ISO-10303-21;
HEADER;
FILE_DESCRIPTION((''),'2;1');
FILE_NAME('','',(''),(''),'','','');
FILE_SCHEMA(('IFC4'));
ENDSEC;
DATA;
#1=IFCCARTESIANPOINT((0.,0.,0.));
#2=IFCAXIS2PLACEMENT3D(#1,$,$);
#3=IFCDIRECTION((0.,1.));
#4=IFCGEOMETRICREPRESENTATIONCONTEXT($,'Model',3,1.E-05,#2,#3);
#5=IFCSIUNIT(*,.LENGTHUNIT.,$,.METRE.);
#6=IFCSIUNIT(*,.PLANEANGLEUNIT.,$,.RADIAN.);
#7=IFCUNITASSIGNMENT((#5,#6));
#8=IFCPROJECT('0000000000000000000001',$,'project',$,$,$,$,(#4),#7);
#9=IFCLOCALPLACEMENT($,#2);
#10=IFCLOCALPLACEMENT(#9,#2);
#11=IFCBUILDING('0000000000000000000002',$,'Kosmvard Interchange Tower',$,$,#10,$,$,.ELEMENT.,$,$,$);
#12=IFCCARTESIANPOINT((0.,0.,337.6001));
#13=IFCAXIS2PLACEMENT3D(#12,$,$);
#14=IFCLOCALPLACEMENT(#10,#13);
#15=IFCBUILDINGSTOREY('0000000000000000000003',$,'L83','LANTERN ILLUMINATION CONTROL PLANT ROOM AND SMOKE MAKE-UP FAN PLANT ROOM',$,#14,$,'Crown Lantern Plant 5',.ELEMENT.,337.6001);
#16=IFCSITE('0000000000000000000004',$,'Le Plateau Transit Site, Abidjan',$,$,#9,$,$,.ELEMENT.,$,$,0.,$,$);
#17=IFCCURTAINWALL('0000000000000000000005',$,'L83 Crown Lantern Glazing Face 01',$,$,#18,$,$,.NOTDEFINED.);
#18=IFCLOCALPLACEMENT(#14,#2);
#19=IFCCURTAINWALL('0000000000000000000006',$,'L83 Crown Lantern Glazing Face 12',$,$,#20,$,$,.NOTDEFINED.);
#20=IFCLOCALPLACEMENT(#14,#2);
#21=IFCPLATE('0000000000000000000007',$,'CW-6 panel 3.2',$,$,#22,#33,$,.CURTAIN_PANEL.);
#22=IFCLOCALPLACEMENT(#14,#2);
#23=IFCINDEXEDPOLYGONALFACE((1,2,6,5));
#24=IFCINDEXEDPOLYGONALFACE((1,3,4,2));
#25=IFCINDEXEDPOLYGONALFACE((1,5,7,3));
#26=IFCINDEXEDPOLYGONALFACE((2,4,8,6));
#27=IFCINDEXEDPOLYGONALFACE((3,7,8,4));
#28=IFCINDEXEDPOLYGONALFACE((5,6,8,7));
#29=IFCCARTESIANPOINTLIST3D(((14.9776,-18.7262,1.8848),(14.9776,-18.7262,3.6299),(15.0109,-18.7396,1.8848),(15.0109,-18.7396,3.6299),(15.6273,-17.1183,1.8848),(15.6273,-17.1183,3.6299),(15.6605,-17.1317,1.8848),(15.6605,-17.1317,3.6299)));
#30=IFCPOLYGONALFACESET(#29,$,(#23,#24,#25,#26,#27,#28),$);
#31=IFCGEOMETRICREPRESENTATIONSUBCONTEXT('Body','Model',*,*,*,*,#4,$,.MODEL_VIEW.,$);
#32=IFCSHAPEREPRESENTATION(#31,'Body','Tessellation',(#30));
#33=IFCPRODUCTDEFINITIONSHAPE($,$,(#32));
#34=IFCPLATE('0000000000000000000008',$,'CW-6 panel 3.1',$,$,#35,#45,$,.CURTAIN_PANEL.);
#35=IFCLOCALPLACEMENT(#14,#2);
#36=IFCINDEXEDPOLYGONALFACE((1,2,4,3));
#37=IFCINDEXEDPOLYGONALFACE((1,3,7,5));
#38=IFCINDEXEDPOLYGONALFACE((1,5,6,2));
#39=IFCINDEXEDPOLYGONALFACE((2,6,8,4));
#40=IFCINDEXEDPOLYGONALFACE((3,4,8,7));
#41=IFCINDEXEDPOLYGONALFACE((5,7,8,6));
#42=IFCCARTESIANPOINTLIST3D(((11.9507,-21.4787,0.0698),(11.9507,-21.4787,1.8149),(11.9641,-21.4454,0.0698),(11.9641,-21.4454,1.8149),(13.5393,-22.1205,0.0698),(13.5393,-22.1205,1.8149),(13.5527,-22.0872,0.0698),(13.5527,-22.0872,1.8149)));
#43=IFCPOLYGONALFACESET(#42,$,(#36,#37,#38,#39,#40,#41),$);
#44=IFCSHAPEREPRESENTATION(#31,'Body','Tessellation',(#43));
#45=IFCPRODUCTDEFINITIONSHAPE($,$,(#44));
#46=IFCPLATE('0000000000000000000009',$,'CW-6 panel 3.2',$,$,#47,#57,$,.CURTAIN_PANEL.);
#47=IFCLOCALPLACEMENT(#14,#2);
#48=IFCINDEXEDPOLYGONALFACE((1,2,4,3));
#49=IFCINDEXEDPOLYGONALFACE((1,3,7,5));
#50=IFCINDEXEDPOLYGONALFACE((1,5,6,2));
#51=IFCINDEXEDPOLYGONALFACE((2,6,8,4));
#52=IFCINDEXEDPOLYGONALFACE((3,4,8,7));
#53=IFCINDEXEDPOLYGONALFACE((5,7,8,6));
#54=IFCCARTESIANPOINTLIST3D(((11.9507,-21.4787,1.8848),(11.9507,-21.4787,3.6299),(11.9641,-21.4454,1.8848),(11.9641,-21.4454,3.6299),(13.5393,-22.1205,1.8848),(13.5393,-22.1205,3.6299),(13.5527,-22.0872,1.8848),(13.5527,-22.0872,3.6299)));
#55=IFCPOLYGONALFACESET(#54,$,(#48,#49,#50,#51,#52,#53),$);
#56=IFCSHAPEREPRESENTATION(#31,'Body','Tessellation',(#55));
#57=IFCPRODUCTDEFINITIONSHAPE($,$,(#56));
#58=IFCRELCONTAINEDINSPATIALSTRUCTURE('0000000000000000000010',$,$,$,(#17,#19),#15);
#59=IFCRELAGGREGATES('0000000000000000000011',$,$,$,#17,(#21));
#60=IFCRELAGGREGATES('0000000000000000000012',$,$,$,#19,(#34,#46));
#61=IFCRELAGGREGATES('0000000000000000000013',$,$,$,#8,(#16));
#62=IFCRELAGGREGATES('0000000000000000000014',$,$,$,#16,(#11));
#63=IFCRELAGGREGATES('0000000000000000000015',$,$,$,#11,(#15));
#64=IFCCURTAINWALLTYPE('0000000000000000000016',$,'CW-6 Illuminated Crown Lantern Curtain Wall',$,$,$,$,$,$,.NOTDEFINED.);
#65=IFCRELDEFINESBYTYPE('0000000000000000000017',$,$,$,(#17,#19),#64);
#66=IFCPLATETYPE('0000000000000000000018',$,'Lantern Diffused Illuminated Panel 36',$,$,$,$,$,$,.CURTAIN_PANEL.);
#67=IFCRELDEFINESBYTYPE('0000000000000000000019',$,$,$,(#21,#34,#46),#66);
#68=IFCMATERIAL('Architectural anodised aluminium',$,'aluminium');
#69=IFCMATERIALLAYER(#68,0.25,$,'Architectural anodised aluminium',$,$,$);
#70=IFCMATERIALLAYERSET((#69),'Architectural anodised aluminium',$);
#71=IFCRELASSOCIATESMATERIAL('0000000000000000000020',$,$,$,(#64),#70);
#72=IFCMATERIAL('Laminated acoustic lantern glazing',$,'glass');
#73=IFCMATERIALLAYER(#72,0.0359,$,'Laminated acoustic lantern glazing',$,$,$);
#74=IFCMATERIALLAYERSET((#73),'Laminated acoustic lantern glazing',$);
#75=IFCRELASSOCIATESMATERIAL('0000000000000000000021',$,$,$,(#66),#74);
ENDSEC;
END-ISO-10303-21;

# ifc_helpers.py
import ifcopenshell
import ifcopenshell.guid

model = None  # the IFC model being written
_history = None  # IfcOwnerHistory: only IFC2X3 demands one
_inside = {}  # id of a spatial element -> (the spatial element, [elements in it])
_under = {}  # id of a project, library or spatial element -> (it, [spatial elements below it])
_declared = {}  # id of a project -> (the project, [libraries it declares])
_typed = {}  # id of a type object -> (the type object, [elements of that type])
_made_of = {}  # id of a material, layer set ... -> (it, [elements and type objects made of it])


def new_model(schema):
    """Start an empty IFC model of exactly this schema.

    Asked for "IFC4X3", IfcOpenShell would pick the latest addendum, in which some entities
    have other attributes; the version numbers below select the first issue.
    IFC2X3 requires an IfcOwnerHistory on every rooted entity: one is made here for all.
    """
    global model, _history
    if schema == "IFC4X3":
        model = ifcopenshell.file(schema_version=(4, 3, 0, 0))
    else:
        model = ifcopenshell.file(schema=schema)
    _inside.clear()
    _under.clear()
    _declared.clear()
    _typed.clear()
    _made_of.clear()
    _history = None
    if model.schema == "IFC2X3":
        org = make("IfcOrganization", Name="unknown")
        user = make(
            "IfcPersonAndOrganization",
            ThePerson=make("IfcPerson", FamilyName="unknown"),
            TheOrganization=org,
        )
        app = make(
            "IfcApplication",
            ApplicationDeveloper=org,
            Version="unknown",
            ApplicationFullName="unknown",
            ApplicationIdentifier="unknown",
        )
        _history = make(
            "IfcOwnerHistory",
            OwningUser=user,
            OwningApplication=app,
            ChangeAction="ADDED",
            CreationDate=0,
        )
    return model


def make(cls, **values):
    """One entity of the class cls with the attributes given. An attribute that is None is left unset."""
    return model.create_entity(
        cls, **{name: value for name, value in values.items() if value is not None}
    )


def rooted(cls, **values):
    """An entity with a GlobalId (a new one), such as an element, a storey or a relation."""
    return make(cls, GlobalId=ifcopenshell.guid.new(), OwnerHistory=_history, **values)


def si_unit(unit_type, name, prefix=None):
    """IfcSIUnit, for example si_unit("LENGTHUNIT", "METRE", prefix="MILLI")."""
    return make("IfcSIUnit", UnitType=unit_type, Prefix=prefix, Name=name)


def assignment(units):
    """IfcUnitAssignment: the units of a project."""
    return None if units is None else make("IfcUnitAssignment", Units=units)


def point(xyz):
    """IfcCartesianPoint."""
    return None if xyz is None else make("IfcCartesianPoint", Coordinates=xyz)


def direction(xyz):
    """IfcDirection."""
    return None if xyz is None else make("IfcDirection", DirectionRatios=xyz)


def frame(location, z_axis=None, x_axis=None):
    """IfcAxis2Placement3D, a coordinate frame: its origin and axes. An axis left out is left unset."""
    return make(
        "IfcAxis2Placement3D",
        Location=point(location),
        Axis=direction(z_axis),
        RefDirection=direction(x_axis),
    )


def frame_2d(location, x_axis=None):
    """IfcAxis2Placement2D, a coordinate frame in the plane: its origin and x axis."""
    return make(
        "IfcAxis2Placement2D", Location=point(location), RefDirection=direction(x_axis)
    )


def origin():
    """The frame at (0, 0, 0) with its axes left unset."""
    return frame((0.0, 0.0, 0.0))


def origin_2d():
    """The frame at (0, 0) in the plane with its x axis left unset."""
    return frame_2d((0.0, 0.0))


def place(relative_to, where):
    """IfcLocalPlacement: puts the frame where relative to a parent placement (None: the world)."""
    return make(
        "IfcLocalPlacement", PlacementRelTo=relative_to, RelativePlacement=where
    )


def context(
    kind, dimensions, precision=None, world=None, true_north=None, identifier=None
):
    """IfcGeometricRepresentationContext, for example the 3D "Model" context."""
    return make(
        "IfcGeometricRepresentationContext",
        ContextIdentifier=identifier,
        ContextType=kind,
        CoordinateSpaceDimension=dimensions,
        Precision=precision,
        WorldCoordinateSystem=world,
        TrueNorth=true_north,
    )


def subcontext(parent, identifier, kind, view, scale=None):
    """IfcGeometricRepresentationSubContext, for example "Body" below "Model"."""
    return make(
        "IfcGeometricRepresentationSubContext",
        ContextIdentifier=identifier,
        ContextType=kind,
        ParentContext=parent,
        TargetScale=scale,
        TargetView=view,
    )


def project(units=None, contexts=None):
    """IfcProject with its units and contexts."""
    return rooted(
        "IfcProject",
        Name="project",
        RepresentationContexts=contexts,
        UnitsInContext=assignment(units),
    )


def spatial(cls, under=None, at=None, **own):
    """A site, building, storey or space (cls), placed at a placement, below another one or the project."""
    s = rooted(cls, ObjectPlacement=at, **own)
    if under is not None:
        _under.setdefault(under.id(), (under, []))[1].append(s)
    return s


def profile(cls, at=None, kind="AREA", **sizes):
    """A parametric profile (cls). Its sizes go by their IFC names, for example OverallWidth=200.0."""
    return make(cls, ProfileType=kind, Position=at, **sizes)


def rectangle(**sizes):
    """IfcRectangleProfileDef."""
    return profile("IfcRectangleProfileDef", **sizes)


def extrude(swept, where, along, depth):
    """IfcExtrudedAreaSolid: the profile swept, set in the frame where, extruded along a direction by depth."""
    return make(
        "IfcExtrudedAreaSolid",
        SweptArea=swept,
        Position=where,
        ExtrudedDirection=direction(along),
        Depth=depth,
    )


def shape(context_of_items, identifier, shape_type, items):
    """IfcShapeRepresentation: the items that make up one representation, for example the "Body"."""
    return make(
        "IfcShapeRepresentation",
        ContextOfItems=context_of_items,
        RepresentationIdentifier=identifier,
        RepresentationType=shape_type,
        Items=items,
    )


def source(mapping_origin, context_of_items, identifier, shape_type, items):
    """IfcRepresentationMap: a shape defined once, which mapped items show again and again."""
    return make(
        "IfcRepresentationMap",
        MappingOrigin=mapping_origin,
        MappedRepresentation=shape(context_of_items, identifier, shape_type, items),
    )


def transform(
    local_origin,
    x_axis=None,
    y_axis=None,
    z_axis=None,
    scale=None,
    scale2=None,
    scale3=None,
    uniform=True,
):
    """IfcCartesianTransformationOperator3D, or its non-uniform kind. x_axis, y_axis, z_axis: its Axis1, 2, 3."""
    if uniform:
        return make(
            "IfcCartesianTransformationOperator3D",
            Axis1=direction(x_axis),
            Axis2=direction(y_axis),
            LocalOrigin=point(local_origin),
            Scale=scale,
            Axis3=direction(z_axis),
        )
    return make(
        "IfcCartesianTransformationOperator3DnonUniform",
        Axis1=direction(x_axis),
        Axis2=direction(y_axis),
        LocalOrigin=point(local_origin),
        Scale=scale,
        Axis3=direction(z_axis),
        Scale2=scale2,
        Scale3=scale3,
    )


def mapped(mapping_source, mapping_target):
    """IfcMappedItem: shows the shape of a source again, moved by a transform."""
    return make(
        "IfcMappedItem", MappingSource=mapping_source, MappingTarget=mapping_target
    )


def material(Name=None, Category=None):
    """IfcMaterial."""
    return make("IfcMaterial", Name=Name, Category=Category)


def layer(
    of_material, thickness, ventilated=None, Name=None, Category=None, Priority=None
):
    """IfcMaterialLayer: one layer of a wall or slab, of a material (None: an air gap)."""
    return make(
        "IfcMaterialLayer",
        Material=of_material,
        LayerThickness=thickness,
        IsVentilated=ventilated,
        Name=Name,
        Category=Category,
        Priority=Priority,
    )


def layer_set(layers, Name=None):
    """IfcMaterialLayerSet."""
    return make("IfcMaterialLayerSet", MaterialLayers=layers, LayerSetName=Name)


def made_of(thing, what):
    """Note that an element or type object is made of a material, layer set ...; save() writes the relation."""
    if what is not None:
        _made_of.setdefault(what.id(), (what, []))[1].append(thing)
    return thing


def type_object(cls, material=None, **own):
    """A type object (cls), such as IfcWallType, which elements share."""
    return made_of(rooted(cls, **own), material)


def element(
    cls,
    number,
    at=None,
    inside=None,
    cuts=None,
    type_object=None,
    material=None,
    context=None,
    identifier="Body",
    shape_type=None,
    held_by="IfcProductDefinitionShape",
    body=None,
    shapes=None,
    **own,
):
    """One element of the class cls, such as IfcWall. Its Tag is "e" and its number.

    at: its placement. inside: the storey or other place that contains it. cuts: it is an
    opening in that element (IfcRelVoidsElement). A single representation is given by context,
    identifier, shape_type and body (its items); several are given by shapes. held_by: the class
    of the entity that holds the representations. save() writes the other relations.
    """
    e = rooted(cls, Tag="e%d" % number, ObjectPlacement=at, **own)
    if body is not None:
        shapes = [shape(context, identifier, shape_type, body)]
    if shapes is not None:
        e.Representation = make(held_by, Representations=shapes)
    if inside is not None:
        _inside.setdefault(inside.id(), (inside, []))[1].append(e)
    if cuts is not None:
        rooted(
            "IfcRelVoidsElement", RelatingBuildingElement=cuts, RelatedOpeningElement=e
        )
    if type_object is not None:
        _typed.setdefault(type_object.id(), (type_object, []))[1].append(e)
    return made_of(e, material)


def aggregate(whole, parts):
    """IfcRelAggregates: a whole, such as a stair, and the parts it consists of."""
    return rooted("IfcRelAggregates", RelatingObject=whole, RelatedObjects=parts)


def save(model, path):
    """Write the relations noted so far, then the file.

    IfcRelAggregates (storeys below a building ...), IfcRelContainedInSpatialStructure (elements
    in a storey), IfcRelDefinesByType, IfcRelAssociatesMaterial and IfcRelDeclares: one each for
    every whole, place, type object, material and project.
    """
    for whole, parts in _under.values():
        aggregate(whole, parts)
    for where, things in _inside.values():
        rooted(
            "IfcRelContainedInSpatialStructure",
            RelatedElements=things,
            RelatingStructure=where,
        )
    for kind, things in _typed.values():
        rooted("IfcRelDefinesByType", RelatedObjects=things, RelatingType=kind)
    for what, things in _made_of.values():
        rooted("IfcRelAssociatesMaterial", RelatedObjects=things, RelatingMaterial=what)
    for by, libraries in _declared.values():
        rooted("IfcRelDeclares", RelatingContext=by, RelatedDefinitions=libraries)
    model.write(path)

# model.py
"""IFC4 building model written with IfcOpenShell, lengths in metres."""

from ifc_helpers import new_model, si_unit, direction, frame, origin, origin_2d, place, context, subcontext, project, spatial, rectangle, extrude, source, transform, mapped, material, layer, layer_set, type_object, element, aggregate, save


model = new_model("IFC4")

# Units and contexts
model_context = context("Model", 3, precision=1e-05, world=origin(), true_north=direction((0.0, 1.0)))
body_context = subcontext(model_context, "Body", "Model", "MODEL_VIEW")
ifc_project = project(units=[si_unit("LENGTHUNIT", "METRE"), si_unit("PLANEANGLEUNIT", "RADIAN")], contexts=[model_context])

# Site, building, storey
site_placement = place(None, origin())
site = spatial("IfcSite", under=ifc_project, at=site_placement, Name="Le Plateau Transit Site, Abidjan", CompositionType="ELEMENT", RefElevation=0.0)
building_placement = place(site_placement, origin())
building = spatial("IfcBuilding", under=site, at=building_placement, Name="Kosmvard Interchange Tower", CompositionType="ELEMENT")
storey_placement = place(building_placement, frame((0.0, 0.0, 337.6001)))
storey = spatial("IfcBuildingStorey", under=building, at=storey_placement, Name="L83", Description="LANTERN ILLUMINATION CONTROL PLANT ROOM AND SMOKE MAKE-UP FAN PLANT ROOM", LongName="Crown Lantern Plant 5", CompositionType="ELEMENT", Elevation=337.6001)

# Curtain wall
ifc_material_1 = material(Name="Architectural anodised aluminium", Category="aluminium")
ifc_layer_1 = layer(ifc_material_1, 0.25, Name="Architectural anodised aluminium")
ifc_layer_set_1 = layer_set([ifc_layer_1], Name="Architectural anodised aluminium")
curtain_wall_type = type_object("IfcCurtainWallType", Name="CW-6 Illuminated Crown Lantern Curtain Wall", PredefinedType="NOTDEFINED", material=ifc_layer_set_1)
curtain_wall_1_placement = place(storey_placement, origin())
curtain_wall_1 = element("IfcCurtainWall", 1, at=curtain_wall_1_placement, inside=storey, type_object=curtain_wall_type, Name="L83 Crown Lantern Glazing Face 01", PredefinedType="NOTDEFINED")

# Curtain wall
curtain_wall_2_placement = place(storey_placement, origin())
curtain_wall_2 = element("IfcCurtainWall", 2, at=curtain_wall_2_placement, inside=storey, type_object=curtain_wall_type, Name="L83 Crown Lantern Glazing Face 12", PredefinedType="NOTDEFINED")

# Plates
ifc_material_2 = material(Name="Laminated acoustic lantern glazing", Category="glass")
ifc_layer_2 = layer(ifc_material_2, 0.0359, Name="Laminated acoustic lantern glazing")
ifc_layer_set_2 = layer_set([ifc_layer_2], Name="Laminated acoustic lantern glazing")
plate_type_1 = type_object("IfcPlateType", Name="Lantern Diffused Illuminated Panel 36", PredefinedType="CURTAIN_PANEL", material=ifc_layer_set_2)
shared_shape_1 = source(origin(), body_context, "Body", "SweptSolid", [
    extrude(rectangle(XDim=1.7341, YDim=0.0359, at=origin_2d()), origin(), (0.0, 0.0, 1.0), 1.7451),
])
plate_1_placement = place(storey_placement, frame((15.3191, -17.929, 1.8848), z_axis=(0.0, 0.0, 1.0), x_axis=(0.374607, 0.927184, 0.0)))
plate_1 = element("IfcPlate", 3, at=plate_1_placement, type_object=plate_type_1, Name="CW-6 panel 3.2", PredefinedType="CURTAIN_PANEL", context=body_context, shape_type="MappedRepresentation", body=[
    mapped(shared_shape_1, transform((0.0, 0.0, 0.0), scale=1.0)),
])
aggregate(curtain_wall_1, [plate_1])
shared_shape_2 = source(origin(), body_context, "Body", "SweptSolid", [
    extrude(rectangle(XDim=1.7134, YDim=0.0359, at=origin_2d()), origin(), (0.0, 0.0, 1.0), 1.7451),
])
plate_2_placement = place(storey_placement, frame((12.7517, -21.783, 0.0698), z_axis=(0.0, 0.0, 1.0), x_axis=(0.927184, -0.374607, 0.0)))
plate_2 = element("IfcPlate", 4, at=plate_2_placement, type_object=plate_type_1, Name="CW-6 panel 3.1", PredefinedType="CURTAIN_PANEL", context=body_context, shape_type="MappedRepresentation", body=[
    mapped(shared_shape_2, transform((0.0, 0.0, 0.0), scale=1.0)),
])
plate_3_placement = place(storey_placement, frame((12.7517, -21.783, 1.8848), z_axis=(0.0, 0.0, 1.0), x_axis=(0.927184, -0.374607, 0.0)))
plate_3 = element("IfcPlate", 5, at=plate_3_placement, type_object=plate_type_1, Name="CW-6 panel 3.2", PredefinedType="CURTAIN_PANEL", context=body_context, shape_type="MappedRepresentation", body=[
    mapped(shared_shape_2, transform((0.0, 0.0, 0.0), scale=1.0)),
])
aggregate(curtain_wall_2, [plate_2, plate_3])

save(model, "model.ifc")
